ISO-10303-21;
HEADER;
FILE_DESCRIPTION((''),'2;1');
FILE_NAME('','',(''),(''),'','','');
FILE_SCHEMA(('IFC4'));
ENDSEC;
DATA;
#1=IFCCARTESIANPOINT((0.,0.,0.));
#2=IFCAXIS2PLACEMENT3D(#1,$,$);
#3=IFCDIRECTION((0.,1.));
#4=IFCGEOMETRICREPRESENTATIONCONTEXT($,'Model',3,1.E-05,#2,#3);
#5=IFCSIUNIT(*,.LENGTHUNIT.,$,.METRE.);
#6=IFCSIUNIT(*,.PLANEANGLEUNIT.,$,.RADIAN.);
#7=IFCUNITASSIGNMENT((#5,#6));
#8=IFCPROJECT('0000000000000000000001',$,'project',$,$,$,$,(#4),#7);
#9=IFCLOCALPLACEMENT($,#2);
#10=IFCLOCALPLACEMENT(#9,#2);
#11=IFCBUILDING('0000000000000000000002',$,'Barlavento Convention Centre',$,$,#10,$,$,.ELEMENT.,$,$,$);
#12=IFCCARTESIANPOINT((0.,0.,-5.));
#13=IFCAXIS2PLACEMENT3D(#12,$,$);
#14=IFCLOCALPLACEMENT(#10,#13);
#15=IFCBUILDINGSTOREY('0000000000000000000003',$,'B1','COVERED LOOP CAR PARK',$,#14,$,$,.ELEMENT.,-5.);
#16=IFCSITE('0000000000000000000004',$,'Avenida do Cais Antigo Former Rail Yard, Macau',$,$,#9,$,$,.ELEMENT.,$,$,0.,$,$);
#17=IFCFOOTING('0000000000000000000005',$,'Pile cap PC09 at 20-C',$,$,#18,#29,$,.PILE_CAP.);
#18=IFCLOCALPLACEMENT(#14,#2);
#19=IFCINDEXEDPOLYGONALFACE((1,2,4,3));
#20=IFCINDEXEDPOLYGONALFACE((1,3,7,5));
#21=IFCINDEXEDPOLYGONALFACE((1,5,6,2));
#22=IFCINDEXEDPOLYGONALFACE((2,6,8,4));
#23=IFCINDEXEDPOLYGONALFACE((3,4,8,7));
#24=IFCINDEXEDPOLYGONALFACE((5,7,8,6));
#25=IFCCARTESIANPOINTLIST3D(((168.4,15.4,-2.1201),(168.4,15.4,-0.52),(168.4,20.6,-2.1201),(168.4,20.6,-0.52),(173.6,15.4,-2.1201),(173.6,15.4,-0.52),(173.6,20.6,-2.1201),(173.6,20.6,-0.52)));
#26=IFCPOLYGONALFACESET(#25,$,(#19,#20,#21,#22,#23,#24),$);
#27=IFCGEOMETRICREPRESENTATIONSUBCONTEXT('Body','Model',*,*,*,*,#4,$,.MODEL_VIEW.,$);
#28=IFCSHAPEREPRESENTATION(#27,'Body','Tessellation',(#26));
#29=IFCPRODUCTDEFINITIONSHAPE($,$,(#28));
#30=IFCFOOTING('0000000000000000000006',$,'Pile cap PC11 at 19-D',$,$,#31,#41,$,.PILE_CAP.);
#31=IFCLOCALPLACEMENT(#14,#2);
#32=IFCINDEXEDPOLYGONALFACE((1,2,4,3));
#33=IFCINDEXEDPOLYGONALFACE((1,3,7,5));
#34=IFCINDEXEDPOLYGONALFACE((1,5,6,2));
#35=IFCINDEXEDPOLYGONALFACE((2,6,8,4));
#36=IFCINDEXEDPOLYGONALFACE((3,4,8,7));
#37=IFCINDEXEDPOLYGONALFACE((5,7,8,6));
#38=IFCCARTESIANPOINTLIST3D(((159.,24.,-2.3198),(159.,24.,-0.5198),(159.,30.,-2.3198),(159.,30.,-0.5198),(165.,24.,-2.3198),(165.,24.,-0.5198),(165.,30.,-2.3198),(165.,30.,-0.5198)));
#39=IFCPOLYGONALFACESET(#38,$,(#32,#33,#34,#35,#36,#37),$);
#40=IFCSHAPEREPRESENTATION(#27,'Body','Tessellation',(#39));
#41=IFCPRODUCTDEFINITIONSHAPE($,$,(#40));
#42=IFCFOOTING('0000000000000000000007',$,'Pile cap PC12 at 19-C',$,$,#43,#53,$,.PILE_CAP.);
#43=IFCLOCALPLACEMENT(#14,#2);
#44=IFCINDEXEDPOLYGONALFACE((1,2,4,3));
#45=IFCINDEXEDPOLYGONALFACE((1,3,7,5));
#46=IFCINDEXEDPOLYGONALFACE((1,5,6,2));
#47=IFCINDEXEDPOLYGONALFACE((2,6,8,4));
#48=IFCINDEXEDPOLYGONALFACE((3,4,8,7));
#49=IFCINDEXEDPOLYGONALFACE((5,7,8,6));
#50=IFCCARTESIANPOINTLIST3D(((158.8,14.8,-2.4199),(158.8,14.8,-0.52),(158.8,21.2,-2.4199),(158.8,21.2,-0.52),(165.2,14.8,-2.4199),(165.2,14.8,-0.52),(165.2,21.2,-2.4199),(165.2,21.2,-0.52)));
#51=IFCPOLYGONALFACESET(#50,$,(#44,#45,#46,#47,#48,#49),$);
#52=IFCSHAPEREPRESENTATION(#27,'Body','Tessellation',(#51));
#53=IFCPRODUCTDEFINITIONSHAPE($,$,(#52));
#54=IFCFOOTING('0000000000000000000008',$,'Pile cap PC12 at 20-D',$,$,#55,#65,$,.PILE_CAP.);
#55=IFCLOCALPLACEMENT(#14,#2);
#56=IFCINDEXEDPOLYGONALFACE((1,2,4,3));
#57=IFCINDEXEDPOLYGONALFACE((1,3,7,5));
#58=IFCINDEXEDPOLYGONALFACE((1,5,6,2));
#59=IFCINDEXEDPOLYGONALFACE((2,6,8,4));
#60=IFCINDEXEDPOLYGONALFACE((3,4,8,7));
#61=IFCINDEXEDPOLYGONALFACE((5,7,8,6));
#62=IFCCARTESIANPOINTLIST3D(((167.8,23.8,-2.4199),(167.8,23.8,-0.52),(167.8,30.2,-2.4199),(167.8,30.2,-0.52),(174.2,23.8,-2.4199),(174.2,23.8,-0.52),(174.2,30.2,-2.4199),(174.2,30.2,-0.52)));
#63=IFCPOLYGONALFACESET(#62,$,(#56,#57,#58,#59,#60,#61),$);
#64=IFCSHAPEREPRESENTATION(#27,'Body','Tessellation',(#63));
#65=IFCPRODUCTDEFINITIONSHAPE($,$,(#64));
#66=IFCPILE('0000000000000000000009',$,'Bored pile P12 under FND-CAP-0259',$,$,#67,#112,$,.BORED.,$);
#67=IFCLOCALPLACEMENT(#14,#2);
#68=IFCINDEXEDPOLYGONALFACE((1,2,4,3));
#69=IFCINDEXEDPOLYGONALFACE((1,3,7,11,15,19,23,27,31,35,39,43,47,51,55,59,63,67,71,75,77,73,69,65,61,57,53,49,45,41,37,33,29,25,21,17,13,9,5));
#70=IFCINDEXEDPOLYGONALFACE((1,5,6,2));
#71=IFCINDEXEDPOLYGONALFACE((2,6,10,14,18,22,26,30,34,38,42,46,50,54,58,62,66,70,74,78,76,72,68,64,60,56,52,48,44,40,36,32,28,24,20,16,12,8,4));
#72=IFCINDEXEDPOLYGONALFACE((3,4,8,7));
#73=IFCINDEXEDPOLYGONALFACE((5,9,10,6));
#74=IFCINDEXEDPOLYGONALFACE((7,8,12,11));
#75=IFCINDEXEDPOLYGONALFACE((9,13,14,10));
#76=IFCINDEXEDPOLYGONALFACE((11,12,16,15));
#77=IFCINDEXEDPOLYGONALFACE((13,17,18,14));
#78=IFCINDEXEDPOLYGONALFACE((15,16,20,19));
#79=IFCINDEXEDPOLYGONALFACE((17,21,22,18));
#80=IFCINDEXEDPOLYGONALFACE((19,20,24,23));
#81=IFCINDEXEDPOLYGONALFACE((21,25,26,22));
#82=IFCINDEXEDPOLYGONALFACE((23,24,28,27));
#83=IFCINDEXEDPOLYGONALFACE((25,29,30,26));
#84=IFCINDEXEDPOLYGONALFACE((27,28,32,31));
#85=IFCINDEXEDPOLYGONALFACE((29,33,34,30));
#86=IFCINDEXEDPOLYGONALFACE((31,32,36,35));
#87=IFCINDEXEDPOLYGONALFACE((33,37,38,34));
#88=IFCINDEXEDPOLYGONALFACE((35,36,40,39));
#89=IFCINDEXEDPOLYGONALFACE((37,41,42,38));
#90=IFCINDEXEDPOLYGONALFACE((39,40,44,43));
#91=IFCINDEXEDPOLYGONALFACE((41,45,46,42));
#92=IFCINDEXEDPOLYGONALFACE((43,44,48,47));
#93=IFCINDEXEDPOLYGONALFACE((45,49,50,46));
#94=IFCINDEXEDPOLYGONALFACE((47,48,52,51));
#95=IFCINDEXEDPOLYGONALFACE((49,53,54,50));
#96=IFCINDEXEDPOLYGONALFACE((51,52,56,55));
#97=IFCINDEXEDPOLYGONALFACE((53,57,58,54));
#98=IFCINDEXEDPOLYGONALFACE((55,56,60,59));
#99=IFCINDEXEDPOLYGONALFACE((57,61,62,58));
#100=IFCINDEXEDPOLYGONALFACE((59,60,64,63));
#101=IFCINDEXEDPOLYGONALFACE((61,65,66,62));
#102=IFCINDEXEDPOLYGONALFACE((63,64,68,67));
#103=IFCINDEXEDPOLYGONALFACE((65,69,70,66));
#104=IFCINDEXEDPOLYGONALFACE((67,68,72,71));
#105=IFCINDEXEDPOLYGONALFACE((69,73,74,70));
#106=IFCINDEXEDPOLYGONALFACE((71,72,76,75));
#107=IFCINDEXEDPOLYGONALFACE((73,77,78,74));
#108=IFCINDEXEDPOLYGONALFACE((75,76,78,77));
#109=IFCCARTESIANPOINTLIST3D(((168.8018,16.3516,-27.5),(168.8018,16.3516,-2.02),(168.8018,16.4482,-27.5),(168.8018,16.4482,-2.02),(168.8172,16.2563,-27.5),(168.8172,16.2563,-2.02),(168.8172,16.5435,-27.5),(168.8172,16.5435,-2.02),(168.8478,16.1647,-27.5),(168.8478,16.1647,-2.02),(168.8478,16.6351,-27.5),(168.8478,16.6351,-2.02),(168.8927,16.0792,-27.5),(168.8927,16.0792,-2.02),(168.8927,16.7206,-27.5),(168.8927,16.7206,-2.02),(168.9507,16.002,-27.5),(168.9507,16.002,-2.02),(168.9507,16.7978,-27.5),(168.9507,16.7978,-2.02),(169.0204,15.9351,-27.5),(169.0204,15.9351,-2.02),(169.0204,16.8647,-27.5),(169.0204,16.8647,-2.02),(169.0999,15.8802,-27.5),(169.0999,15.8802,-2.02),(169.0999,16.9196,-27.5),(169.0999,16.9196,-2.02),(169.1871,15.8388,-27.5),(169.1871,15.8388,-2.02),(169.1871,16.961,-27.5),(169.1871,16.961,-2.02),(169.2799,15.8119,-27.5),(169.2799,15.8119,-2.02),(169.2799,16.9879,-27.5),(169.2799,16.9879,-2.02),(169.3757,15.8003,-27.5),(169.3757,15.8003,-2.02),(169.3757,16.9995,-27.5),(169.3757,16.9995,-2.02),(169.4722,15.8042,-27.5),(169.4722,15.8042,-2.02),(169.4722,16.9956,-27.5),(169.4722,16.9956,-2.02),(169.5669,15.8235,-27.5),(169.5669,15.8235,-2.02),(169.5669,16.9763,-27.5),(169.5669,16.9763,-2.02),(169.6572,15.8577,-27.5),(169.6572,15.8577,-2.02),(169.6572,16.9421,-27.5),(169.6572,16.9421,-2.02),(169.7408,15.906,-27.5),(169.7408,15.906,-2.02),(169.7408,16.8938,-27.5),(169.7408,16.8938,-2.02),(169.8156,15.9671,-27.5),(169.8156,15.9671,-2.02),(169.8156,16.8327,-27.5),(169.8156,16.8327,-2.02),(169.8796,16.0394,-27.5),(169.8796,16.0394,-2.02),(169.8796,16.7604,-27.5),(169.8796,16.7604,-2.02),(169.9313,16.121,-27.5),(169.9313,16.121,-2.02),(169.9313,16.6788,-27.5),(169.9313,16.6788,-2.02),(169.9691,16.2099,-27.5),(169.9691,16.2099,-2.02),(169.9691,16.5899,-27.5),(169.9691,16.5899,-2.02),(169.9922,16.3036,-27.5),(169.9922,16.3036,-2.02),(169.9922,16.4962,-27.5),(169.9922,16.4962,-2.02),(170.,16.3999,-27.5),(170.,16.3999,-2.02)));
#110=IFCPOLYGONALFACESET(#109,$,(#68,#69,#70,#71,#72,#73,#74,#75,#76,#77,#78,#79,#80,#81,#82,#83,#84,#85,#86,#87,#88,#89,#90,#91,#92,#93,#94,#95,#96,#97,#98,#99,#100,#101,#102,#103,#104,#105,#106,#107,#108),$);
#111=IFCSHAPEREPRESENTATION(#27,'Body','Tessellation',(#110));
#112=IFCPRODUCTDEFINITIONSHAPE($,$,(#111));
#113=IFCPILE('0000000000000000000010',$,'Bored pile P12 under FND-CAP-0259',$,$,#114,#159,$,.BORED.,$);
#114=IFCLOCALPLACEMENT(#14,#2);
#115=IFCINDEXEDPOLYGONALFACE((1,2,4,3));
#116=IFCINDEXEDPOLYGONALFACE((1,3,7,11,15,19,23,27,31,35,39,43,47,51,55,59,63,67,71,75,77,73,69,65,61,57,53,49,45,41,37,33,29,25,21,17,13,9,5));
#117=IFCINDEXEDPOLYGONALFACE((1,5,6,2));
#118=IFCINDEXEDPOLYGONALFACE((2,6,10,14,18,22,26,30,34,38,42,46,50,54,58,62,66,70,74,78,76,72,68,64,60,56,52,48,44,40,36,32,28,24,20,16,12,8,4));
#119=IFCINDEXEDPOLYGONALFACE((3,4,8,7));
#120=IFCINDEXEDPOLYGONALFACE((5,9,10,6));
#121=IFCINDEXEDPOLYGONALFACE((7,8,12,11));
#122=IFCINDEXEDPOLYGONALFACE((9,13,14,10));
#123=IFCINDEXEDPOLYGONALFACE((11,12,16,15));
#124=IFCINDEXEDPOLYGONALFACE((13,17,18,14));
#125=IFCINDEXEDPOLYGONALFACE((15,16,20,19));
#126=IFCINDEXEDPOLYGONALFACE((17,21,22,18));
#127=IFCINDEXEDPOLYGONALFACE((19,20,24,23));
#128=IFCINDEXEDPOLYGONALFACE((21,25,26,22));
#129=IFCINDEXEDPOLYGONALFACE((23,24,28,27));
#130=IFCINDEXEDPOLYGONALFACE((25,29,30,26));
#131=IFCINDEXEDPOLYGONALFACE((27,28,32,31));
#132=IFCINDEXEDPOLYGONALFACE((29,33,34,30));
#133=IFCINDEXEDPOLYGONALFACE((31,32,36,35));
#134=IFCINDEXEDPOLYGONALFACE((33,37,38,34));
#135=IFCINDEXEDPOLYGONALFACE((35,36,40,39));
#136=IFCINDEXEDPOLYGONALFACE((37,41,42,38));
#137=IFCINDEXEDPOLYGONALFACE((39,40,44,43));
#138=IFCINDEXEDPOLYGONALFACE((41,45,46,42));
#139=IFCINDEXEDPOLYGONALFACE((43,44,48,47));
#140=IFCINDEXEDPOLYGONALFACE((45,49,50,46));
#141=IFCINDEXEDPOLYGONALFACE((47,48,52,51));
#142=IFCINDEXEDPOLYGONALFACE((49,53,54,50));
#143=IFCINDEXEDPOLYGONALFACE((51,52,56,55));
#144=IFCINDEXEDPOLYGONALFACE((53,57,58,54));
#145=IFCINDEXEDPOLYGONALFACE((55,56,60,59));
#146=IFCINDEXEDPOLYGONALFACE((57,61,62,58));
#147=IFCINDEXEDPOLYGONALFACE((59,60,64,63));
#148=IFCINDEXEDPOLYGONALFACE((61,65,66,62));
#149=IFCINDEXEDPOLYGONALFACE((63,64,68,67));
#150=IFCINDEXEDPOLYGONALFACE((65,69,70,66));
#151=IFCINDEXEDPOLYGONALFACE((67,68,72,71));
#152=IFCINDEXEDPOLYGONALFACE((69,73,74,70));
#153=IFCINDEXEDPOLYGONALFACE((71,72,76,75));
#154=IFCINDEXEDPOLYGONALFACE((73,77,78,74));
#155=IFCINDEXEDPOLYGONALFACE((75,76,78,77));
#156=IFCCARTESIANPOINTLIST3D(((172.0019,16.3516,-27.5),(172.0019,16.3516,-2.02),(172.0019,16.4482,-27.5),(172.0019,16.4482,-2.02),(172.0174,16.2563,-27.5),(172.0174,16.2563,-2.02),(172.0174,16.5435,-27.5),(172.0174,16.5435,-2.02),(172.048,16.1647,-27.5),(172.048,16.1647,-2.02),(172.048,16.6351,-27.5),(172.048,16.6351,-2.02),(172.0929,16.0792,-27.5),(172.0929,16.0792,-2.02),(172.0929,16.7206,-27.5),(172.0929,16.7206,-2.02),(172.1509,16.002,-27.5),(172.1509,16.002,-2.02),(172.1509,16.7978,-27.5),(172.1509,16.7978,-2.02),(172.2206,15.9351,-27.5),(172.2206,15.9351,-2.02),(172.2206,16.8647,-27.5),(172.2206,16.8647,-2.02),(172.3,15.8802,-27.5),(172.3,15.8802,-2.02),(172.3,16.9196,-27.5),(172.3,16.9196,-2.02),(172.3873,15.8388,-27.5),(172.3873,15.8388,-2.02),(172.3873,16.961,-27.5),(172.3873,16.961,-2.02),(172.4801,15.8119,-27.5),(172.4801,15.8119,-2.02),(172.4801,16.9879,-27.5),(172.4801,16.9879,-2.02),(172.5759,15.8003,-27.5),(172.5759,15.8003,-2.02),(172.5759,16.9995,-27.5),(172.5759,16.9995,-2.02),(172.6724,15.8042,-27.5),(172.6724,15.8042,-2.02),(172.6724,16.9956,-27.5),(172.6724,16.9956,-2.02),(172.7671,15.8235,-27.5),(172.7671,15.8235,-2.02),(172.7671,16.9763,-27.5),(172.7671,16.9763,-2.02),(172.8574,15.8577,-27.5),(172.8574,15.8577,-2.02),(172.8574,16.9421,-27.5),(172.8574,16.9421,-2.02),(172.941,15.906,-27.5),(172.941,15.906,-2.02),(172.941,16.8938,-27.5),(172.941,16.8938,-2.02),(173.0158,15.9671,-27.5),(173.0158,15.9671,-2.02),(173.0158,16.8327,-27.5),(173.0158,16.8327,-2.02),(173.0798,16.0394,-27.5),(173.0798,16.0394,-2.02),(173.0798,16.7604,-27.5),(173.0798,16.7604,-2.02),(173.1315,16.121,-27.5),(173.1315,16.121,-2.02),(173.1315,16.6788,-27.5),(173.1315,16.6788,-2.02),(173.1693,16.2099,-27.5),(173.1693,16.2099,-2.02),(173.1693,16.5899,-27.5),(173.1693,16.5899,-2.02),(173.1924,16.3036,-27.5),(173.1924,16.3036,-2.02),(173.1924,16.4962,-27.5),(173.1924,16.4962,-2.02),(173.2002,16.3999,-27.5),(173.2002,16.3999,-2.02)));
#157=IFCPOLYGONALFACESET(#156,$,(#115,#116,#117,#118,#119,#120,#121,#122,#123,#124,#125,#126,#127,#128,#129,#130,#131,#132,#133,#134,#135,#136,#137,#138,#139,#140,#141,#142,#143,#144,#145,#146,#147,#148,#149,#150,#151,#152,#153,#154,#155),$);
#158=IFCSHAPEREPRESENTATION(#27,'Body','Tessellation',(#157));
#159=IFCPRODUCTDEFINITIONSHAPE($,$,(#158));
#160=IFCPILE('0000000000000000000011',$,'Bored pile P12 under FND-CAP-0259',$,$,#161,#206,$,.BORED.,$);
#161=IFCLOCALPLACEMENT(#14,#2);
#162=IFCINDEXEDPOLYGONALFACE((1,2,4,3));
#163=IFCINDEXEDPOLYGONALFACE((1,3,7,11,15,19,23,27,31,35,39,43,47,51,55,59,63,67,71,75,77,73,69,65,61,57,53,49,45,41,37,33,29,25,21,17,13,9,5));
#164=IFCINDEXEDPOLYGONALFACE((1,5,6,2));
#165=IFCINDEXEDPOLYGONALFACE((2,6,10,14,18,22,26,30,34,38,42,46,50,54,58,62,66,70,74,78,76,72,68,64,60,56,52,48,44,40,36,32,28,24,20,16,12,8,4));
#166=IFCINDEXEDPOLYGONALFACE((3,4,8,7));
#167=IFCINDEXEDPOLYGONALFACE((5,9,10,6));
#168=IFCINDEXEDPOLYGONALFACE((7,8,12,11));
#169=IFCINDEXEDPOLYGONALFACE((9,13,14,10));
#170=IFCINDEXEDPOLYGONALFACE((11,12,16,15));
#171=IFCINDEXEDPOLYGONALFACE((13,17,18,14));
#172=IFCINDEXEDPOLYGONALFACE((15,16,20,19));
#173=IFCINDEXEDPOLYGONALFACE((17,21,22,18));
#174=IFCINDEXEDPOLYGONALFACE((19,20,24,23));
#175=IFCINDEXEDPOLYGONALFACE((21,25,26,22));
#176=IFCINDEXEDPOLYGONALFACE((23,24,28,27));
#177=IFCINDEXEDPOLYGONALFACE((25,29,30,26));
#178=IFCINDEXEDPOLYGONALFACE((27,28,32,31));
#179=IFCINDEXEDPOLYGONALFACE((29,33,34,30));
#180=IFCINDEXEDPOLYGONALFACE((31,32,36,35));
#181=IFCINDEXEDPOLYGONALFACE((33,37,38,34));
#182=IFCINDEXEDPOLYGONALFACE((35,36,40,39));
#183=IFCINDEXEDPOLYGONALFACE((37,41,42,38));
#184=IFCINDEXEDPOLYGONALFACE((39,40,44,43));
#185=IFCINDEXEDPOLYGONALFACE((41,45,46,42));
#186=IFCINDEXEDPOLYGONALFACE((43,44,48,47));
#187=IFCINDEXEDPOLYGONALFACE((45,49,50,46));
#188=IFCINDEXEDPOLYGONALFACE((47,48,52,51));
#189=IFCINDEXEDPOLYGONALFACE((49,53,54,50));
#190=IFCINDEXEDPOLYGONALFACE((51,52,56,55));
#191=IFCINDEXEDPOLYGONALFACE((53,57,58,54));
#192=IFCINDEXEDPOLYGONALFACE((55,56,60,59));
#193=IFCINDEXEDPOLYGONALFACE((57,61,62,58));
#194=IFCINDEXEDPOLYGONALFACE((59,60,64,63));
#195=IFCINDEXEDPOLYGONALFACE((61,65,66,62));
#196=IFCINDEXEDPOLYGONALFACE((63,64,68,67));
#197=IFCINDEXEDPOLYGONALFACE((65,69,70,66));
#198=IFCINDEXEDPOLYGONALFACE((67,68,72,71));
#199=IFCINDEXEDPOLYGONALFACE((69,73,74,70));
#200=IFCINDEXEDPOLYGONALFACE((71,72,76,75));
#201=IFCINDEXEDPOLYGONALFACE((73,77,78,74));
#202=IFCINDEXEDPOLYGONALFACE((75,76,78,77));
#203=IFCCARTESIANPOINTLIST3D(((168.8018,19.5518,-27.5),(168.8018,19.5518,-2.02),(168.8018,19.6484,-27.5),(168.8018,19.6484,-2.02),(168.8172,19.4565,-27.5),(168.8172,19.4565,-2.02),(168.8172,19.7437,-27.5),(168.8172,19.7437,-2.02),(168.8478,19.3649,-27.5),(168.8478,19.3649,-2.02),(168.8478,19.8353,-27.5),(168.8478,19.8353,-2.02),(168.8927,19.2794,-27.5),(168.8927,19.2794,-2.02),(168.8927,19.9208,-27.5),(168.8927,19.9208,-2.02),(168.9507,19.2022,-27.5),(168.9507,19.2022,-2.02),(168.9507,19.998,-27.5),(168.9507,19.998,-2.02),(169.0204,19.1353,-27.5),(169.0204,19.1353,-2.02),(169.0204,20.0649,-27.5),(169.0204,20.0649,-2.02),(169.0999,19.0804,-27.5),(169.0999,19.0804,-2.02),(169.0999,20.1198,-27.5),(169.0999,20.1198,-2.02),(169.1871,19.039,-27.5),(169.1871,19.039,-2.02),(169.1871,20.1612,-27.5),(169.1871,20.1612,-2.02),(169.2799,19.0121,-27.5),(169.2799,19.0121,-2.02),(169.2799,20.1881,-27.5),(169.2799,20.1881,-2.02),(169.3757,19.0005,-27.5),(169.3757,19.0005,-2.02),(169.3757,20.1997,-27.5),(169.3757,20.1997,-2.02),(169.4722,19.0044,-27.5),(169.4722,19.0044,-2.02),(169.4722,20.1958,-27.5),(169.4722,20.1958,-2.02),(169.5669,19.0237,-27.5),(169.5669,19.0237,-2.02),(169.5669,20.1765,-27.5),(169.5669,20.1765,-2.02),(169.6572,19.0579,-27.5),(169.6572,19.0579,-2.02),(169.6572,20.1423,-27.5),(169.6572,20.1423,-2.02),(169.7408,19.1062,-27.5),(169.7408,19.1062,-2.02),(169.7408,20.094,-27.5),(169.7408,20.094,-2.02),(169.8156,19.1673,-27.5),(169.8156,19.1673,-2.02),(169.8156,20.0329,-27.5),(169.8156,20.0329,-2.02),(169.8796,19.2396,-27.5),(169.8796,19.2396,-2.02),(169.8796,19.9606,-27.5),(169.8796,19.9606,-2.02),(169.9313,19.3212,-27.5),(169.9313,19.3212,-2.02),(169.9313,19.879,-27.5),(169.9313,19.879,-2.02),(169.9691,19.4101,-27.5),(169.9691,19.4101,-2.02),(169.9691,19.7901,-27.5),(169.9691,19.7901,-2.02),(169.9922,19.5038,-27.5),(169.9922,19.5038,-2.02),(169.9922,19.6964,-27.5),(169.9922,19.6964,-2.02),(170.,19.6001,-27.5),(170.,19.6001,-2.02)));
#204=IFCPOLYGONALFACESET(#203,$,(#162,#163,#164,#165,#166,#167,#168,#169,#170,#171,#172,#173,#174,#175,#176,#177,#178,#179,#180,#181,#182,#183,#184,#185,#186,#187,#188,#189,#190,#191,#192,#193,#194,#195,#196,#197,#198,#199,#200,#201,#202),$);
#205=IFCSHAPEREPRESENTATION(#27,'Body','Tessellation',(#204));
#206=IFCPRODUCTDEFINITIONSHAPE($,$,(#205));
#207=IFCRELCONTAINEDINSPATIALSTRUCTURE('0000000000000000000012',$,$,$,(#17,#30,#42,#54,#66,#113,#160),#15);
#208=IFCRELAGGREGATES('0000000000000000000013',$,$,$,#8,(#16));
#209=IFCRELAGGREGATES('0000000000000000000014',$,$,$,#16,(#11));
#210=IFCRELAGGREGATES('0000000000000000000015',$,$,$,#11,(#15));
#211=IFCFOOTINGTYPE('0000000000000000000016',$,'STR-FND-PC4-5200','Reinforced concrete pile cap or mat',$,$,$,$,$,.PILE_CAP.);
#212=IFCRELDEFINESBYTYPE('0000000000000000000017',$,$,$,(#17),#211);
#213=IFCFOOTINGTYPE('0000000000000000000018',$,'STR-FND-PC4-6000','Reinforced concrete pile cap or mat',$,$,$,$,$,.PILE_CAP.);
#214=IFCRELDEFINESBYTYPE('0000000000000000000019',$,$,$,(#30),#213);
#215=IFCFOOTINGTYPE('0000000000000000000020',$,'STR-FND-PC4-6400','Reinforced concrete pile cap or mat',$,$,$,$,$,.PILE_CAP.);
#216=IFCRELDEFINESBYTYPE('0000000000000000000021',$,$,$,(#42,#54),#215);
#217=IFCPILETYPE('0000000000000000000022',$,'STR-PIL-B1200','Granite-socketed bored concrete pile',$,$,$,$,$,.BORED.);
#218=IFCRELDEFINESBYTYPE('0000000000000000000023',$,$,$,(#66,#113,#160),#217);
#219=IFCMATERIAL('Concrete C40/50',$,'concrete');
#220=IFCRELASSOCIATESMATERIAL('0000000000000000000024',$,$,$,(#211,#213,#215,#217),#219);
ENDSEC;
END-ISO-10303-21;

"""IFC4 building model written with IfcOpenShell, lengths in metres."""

from ifc_helpers import new_model, si_unit, direction, frame, origin, origin_2d, place, context, subcontext, project, spatial, rectangle, circle, extrude, material, material_profile, profile_set, type_object, element, save


model = new_model("IFC4")

# Units and contexts
model_context = context("Model", 3, precision=1e-05, world=origin(), true_north=direction((0.0, 1.0)))
body_context = subcontext(model_context, "Body", "Model", "MODEL_VIEW")
ifc_project = project(units=[si_unit("LENGTHUNIT", "METRE"), si_unit("PLANEANGLEUNIT", "RADIAN")], contexts=[model_context])

# Site, building, storey
site_placement = place(None, origin())
site = spatial("IfcSite", under=ifc_project, at=site_placement, Name="Avenida do Cais Antigo Former Rail Yard, Macau", CompositionType="ELEMENT", RefElevation=0.0)
building_placement = place(site_placement, origin())
building = spatial("IfcBuilding", under=site, at=building_placement, Name="Barlavento Convention Centre", CompositionType="ELEMENT")
storey_placement = place(building_placement, frame((0.0, 0.0, -5.0)))
storey = spatial("IfcBuildingStorey", under=building, at=storey_placement, Name="B1", Description="COVERED LOOP CAR PARK", CompositionType="ELEMENT", Elevation=-5.0)

# Footings
ifc_material_1 = material(Name="Concrete C40/50", Category="concrete")
footing_type_1 = type_object("IfcFootingType", Name="STR-FND-PC4-5200", Description="Reinforced concrete pile cap or mat", PredefinedType="PILE_CAP", material=ifc_material_1)
footing_1_placement = place(storey_placement, frame((171.0, 18.0, -2.1201), z_axis=(0.0, 0.0, 1.0), x_axis=(1.0, 0.0, 0.0)))
element("IfcFooting", 1, at=footing_1_placement, inside=storey, type_object=footing_type_1, Name="Pile cap PC09 at 20-C", PredefinedType="PILE_CAP", context=body_context, shape_type="SweptSolid", body=[
    extrude(rectangle(XDim=5.2, YDim=5.2, at=origin_2d()), origin(), (0.0, 0.0, 1.0), 1.6001),
])
footing_type_2 = type_object("IfcFootingType", Name="STR-FND-PC4-6000", Description="Reinforced concrete pile cap or mat", PredefinedType="PILE_CAP", material=ifc_material_1)
footing_2_placement = place(storey_placement, frame((162.0, 27.0, -2.3198), z_axis=(0.0, 0.0, 1.0), x_axis=(1.0, 0.0, 0.0)))
element("IfcFooting", 2, at=footing_2_placement, inside=storey, type_object=footing_type_2, Name="Pile cap PC11 at 19-D", PredefinedType="PILE_CAP", context=body_context, shape_type="SweptSolid", body=[
    extrude(rectangle(XDim=6.0, YDim=6.0, at=origin_2d()), origin(), (0.0, 0.0, 1.0), 1.8),
])
footing_type_3 = type_object("IfcFootingType", Name="STR-FND-PC4-6400", Description="Reinforced concrete pile cap or mat", PredefinedType="PILE_CAP", material=ifc_material_1)
for number, where, z_axis, x_axis, name in (
    (3, (162.0, 18.0, -2.4199), (0.0, 0.0, 1.0), (1.0, 0.0, 0.0), "Pile cap PC12 at 19-C"),
    (4, (171.0, 27.0, -2.4199), (0.0, 0.0, 1.0), (1.0, 0.0, 0.0), "Pile cap PC12 at 20-D"),
):
    element("IfcFooting", number, at=place(storey_placement, frame(where, z_axis=z_axis, x_axis=x_axis)), inside=storey, type_object=footing_type_3, Name=name, PredefinedType="PILE_CAP", context=body_context, shape_type="SweptSolid", body=[
        extrude(rectangle(XDim=6.3999, YDim=6.3999, at=origin_2d()), origin(), (0.0, 0.0, 1.0), 1.8999),
    ])

# Piles
ifc_material_profile_1 = material_profile(ifc_material_1, circle(Radius=0.6001, at=origin_2d()), Name="BORED PILE 1200")
ifc_profile_set_1 = profile_set([ifc_material_profile_1], Name="Concrete C40/50")
pile_type_1 = type_object("IfcPileType", Name="STR-PIL-B1200", Description="Granite-socketed bored concrete pile", PredefinedType="BORED", material=ifc_profile_set_1)
for number, where, z_axis, x_axis, name in (
    (5, (169.3999, 16.3999, -2.02), (0.0, 0.0, -1.0), (1.0, 0.0, 0.0), "Bored pile P12 under FND-CAP-0259"),
    (6, (172.6001, 16.3999, -2.02), (0.0, 0.0, -1.0), (1.0, 0.0, 0.0), "Bored pile P12 under FND-CAP-0259"),
    (7, (169.3999, 19.6001, -2.02), (0.0, 0.0, -1.0), (1.0, 0.0, 0.0), "Bored pile P12 under FND-CAP-0259"),
):
    element("IfcPile", number, at=place(storey_placement, frame(where, z_axis=z_axis, x_axis=x_axis)), inside=storey, type_object=pile_type_1, Name=name, PredefinedType="BORED", context=body_context, shape_type="SweptSolid", body=[
        extrude(circle(Radius=0.6001, at=origin_2d()), origin(), (0.0, 0.0, 1.0), 25.48),
    ])

save(model, "model.ifc")
